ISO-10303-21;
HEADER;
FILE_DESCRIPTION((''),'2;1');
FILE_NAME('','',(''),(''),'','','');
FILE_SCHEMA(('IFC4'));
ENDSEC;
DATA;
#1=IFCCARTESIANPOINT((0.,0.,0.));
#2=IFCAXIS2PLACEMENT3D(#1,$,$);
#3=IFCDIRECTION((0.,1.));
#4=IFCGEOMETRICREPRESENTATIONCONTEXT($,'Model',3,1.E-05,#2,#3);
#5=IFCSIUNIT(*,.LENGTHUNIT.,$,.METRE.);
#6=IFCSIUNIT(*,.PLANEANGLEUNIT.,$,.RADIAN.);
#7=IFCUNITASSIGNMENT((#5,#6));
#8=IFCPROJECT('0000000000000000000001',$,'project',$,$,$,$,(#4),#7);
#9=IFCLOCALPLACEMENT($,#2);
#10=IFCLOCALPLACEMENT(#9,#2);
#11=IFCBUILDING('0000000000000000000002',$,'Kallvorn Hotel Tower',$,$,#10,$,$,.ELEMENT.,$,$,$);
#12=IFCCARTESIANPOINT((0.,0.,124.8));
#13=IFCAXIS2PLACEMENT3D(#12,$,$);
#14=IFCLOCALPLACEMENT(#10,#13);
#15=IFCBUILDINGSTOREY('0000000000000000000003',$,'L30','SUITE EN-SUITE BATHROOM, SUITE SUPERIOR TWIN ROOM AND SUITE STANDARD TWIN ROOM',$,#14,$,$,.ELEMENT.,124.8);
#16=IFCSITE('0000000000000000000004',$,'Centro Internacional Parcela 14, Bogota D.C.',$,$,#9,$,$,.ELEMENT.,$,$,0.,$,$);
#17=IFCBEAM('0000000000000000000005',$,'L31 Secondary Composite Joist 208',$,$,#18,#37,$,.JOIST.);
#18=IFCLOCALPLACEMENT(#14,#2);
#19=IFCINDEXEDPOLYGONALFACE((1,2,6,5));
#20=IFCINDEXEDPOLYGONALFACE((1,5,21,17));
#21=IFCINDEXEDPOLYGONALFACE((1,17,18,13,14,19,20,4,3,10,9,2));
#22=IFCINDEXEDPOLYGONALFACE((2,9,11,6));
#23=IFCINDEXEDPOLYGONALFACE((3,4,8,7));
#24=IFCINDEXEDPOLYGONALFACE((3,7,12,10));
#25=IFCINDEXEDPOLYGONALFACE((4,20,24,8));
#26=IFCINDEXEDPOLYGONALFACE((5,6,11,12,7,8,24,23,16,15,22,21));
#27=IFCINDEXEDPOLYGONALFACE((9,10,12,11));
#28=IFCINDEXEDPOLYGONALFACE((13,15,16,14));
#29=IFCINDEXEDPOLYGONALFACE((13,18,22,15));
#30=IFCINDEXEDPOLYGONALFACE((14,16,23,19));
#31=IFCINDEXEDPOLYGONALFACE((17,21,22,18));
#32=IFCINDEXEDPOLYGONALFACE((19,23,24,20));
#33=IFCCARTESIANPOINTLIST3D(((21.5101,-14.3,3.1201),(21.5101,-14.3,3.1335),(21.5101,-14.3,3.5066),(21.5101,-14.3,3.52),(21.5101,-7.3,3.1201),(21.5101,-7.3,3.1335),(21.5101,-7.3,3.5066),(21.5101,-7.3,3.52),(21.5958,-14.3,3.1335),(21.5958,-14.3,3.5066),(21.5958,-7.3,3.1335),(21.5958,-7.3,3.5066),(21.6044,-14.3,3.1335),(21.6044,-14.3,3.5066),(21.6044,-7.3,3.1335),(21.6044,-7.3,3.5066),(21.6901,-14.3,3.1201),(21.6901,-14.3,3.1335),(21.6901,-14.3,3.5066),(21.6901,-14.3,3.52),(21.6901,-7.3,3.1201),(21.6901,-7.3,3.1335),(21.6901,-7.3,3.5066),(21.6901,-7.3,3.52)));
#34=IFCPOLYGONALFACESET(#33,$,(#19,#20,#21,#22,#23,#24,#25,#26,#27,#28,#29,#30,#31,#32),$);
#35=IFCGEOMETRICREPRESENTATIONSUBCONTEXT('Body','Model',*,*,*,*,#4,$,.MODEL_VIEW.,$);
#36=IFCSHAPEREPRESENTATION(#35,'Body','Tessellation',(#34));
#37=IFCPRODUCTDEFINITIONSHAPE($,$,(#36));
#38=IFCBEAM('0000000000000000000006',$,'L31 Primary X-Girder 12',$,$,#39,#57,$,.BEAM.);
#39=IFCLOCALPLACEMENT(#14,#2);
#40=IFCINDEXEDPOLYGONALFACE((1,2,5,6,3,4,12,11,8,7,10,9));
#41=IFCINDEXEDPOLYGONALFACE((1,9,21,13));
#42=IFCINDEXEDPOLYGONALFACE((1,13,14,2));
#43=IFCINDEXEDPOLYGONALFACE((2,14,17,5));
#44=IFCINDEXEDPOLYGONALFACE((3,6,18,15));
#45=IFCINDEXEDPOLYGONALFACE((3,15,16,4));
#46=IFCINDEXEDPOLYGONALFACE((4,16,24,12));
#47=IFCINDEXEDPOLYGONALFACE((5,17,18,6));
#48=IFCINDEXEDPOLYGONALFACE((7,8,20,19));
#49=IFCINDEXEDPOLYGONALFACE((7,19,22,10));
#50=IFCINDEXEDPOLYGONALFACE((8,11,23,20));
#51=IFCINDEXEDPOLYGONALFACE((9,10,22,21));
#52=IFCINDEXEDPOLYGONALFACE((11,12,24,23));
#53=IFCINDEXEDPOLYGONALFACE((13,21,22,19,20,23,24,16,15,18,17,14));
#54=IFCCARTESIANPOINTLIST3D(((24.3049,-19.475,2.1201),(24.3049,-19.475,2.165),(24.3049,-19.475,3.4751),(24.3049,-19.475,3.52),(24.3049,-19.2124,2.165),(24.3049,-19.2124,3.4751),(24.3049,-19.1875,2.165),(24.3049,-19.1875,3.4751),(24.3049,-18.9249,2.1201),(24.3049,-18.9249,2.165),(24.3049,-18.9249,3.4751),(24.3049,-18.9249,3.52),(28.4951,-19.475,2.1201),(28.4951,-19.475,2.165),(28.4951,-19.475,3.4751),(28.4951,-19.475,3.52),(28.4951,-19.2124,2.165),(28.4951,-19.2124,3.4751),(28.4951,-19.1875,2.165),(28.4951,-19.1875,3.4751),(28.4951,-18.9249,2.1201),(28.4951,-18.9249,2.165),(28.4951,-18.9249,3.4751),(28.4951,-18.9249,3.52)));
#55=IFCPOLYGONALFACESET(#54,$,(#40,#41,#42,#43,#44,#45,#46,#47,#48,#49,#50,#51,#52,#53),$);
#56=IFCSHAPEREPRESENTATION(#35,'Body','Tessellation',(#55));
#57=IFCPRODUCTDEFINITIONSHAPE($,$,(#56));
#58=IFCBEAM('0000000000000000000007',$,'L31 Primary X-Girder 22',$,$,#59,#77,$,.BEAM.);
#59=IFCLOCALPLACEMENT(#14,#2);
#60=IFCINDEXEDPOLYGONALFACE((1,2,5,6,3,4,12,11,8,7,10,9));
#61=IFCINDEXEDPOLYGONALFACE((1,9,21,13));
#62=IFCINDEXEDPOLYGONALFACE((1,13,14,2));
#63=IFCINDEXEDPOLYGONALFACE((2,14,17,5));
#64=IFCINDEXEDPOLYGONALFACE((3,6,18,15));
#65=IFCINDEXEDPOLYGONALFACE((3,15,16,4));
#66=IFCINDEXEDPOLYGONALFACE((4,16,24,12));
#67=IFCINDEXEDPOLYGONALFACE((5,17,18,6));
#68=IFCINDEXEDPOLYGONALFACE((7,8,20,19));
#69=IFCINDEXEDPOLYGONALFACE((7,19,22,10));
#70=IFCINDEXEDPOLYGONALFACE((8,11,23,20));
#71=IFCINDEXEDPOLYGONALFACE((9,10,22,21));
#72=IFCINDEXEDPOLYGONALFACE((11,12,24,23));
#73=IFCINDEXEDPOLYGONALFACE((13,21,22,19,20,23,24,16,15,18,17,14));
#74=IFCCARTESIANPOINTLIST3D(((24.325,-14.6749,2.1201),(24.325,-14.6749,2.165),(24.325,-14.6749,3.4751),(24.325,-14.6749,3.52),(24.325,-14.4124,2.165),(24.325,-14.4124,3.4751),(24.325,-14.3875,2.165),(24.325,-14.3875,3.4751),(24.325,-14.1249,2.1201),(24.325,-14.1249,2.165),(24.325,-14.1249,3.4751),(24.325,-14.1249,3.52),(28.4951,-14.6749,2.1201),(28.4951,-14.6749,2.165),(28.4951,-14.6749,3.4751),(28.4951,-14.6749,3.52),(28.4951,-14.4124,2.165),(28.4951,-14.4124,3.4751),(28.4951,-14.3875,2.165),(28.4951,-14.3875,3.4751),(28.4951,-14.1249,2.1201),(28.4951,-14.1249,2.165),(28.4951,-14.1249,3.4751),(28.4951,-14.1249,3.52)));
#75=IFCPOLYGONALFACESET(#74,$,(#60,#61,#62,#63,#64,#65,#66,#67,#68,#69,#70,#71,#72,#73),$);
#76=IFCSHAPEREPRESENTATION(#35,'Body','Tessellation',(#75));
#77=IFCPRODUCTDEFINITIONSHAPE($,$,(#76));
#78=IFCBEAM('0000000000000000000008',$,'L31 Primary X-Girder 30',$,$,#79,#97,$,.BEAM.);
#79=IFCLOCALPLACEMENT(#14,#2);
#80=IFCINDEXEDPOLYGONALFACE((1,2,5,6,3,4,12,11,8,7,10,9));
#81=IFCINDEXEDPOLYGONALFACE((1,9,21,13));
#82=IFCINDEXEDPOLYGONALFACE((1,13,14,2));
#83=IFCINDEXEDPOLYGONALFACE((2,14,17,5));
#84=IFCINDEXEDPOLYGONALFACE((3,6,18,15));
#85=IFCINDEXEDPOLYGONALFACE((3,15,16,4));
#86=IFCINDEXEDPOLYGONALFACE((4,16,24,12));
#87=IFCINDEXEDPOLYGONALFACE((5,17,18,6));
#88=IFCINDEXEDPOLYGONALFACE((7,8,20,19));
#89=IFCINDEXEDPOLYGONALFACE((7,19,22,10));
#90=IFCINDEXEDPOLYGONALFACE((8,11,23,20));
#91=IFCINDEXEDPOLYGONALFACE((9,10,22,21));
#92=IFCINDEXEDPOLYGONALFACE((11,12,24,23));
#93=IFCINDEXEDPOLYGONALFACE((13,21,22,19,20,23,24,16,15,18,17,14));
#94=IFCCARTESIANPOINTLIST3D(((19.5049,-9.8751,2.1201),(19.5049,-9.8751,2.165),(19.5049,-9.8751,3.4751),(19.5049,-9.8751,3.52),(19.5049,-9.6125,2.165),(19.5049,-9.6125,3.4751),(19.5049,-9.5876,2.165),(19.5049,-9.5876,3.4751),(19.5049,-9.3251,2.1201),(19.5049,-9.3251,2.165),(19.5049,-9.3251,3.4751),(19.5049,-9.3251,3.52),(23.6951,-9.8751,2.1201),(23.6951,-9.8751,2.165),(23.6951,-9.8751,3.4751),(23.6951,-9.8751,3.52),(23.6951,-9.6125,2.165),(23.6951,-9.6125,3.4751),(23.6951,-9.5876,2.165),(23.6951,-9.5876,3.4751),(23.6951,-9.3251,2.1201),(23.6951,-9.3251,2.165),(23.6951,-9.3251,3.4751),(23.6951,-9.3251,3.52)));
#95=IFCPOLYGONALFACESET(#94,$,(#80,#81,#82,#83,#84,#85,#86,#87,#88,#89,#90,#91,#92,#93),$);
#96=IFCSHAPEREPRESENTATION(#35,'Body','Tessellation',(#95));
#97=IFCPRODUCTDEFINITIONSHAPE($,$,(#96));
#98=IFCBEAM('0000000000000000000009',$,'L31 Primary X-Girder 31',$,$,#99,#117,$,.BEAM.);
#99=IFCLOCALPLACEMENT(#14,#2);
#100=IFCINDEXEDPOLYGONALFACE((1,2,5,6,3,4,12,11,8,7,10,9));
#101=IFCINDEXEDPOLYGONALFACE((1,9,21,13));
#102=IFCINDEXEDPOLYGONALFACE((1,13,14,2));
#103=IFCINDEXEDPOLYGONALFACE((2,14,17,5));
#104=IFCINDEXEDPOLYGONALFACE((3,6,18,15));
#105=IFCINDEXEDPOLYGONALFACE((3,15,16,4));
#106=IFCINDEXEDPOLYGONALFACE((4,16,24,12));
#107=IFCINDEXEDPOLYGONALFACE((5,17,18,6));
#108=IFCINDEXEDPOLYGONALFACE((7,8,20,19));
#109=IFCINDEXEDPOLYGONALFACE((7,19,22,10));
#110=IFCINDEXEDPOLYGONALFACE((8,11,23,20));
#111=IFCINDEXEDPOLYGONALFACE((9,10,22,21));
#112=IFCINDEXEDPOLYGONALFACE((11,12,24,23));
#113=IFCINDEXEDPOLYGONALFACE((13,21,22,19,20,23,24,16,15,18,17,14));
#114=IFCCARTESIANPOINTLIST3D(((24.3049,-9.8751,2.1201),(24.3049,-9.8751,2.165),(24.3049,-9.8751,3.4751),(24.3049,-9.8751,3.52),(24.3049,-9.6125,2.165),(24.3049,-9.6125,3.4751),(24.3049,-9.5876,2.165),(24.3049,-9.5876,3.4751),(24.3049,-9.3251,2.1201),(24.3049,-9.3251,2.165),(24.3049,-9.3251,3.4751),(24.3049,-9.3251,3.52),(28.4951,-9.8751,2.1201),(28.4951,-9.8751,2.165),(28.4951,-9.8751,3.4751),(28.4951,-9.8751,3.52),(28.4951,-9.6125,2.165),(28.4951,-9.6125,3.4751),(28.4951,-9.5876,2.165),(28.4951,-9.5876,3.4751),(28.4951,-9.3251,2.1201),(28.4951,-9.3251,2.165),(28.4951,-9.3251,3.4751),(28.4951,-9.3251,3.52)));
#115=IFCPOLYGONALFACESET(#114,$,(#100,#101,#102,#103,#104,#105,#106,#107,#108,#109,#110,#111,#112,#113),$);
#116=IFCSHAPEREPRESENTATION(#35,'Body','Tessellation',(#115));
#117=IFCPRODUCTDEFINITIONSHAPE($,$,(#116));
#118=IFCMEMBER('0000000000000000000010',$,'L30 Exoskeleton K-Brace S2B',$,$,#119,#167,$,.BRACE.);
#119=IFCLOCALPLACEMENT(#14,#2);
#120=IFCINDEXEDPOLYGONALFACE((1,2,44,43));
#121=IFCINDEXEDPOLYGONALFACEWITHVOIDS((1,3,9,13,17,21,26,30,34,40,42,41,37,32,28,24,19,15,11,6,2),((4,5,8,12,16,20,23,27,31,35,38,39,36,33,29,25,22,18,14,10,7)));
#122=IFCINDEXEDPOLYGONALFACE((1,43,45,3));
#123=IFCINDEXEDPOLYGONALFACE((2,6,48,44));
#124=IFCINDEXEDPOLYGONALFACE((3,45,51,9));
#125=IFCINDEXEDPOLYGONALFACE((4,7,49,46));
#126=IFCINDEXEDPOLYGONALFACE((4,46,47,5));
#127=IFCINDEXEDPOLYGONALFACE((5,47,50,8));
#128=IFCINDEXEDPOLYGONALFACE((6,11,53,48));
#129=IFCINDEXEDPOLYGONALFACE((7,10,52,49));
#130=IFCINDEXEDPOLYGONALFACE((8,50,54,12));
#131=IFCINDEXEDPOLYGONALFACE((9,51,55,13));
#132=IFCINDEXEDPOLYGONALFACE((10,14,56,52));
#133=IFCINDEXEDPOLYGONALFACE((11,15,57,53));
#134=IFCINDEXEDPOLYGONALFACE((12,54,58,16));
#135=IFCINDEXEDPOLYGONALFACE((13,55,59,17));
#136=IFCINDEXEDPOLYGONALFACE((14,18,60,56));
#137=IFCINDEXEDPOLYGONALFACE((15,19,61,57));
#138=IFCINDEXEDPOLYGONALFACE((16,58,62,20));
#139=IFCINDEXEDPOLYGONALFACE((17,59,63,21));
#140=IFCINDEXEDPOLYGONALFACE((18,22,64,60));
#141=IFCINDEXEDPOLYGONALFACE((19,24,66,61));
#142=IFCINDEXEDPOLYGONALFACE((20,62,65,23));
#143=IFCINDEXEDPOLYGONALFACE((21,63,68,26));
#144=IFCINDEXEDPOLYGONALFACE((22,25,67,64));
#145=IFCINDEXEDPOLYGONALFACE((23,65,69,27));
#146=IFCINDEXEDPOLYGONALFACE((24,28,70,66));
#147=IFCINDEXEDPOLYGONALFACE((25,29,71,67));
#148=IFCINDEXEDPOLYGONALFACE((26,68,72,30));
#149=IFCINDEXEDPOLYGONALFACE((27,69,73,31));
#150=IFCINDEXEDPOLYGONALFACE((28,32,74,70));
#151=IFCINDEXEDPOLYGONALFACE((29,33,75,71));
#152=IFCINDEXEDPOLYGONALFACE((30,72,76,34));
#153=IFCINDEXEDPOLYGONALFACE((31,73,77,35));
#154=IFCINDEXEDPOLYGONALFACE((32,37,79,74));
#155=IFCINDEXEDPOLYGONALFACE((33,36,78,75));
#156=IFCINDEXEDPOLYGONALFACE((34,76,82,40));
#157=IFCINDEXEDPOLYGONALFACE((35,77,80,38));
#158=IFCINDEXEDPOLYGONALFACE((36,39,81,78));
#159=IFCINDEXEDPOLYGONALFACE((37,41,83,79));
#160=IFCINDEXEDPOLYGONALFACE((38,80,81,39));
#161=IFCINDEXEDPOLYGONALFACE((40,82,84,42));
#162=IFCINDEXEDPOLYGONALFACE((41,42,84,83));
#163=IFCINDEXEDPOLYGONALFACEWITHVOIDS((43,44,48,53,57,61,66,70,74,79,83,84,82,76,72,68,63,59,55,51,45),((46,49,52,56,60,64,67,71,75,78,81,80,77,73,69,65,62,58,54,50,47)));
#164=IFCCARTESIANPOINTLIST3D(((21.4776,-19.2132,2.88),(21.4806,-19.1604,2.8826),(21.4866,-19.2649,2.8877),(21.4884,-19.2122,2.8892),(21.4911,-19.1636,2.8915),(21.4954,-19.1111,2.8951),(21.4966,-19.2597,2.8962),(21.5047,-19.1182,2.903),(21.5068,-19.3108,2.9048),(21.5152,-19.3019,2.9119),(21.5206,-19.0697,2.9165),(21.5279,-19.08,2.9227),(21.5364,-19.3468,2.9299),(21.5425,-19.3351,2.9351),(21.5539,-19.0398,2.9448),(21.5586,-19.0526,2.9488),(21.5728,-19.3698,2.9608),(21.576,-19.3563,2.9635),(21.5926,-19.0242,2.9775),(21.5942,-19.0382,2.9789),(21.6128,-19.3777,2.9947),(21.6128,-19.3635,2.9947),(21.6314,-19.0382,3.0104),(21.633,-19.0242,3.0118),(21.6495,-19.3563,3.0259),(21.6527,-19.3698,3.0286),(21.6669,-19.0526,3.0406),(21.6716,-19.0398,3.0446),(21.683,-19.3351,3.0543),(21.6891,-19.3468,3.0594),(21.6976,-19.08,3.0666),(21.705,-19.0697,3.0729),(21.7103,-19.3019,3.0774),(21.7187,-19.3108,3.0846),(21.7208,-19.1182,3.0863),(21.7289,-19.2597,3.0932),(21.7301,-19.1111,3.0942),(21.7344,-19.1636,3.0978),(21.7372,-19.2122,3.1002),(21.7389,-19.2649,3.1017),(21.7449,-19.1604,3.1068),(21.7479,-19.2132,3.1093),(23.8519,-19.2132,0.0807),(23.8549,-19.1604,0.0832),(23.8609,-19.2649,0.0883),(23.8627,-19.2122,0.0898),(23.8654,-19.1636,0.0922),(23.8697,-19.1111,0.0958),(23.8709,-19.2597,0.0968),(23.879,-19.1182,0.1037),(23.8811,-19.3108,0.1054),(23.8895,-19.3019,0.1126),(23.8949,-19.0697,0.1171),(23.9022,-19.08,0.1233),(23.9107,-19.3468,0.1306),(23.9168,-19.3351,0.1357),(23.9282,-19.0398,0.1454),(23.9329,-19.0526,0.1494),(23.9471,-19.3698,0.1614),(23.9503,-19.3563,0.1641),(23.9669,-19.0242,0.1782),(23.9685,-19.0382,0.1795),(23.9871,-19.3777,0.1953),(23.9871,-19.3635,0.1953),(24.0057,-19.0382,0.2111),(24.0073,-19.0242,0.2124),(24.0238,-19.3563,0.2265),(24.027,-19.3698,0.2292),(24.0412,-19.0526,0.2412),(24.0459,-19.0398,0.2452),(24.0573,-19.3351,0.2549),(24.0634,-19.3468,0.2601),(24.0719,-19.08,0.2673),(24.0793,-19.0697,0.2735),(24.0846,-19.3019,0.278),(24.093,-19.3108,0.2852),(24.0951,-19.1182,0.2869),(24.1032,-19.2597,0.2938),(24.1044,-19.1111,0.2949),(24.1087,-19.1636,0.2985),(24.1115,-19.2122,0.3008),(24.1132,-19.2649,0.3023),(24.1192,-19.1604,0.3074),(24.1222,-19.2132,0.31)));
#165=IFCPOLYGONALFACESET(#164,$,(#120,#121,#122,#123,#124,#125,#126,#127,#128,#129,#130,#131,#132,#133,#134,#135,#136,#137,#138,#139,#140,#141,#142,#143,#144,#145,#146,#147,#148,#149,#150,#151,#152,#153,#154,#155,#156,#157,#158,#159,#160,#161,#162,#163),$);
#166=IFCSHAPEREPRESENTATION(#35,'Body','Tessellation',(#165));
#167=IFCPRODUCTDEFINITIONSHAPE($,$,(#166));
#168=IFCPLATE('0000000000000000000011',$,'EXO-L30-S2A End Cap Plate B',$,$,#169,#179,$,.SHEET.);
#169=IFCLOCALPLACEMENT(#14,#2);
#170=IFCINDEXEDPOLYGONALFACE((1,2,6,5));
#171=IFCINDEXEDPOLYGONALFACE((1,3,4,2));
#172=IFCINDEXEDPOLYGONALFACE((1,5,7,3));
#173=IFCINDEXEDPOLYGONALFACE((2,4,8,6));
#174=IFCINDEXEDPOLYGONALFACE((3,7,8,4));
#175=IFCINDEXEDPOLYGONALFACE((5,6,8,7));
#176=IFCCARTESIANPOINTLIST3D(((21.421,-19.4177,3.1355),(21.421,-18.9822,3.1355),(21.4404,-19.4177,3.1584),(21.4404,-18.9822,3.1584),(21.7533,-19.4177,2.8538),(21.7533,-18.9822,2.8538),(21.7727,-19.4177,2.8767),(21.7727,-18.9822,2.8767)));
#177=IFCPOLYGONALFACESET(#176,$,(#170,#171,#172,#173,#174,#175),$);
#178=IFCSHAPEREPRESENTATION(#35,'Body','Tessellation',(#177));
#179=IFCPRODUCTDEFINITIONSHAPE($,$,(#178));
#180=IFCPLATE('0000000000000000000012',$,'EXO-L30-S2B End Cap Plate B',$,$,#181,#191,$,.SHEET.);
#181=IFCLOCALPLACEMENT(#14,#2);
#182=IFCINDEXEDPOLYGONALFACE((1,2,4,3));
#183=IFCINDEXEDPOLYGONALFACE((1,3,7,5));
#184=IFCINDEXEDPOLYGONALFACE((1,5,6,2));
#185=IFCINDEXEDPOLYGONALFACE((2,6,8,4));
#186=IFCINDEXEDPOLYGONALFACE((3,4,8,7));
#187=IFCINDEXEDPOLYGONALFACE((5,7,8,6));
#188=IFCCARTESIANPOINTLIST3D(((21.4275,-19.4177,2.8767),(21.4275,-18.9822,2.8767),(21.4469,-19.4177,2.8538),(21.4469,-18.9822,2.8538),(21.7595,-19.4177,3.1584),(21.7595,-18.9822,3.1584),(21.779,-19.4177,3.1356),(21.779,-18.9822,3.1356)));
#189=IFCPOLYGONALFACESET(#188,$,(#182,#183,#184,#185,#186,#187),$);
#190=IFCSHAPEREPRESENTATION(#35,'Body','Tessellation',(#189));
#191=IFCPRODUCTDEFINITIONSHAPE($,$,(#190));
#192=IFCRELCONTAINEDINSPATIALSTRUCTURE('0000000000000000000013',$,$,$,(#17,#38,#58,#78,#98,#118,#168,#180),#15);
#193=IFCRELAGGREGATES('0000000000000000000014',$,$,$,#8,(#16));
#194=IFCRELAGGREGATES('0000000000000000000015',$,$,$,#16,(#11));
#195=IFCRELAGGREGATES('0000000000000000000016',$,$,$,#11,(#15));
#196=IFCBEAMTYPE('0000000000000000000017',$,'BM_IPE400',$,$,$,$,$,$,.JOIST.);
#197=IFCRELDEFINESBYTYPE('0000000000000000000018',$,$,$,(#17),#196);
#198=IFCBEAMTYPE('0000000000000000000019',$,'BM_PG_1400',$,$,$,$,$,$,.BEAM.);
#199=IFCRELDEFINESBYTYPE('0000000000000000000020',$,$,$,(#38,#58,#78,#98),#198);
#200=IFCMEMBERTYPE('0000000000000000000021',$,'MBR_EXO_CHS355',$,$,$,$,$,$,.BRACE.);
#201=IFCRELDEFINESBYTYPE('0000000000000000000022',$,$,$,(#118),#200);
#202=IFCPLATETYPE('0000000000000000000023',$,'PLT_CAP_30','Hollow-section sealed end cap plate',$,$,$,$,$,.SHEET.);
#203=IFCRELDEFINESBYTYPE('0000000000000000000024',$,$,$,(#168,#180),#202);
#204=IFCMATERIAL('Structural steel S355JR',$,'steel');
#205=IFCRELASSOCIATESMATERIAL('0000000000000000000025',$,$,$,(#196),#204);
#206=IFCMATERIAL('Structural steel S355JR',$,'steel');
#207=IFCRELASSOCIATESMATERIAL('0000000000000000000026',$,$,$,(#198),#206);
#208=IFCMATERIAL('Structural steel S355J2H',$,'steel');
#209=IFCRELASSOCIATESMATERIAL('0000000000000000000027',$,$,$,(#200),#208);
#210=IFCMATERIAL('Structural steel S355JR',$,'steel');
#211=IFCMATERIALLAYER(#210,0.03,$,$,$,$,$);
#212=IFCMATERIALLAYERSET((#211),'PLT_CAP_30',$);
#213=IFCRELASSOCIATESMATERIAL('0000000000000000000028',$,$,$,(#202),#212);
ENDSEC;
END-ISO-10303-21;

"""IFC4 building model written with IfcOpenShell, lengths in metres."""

from ifc_helpers import new_model, si_unit, direction, frame, origin, origin_2d, place, context, subcontext, project, spatial, polyline, hollow_circle, i_section, outline, extrude, material, layer, layer_set, material_profile, profile_set, type_object, element, save


model = new_model("IFC4")

# Units and contexts
model_context = context("Model", 3, precision=1e-05, world=origin(), true_north=direction((0.0, 1.0)))
body_context = subcontext(model_context, "Body", "Model", "MODEL_VIEW")
ifc_project = project(units=[si_unit("LENGTHUNIT", "METRE"), si_unit("PLANEANGLEUNIT", "RADIAN")], contexts=[model_context])

# Site, building, storey
site_placement = place(None, origin())
site = spatial("IfcSite", under=ifc_project, at=site_placement, Name="Centro Internacional Parcela 14, Bogota D.C.", CompositionType="ELEMENT", RefElevation=0.0)
building_placement = place(site_placement, origin())
building = spatial("IfcBuilding", under=site, at=building_placement, Name="Kallvorn Hotel Tower", CompositionType="ELEMENT")
storey_placement = place(building_placement, frame((0.0, 0.0, 124.8)))
storey = spatial("IfcBuildingStorey", under=building, at=storey_placement, Name="L30", Description="SUITE EN-SUITE BATHROOM, SUITE SUPERIOR TWIN ROOM AND SUITE STANDARD TWIN ROOM", CompositionType="ELEMENT", Elevation=124.8)

# Beams
ifc_material_1 = material(Name="Structural steel S355JR", Category="steel")
ifc_material_profile_1 = material_profile(ifc_material_1, i_section(OverallWidth=0.1799, OverallDepth=0.3999, WebThickness=0.0085, FlangeThickness=0.0134, at=origin_2d()), Name="IPE 400")
ifc_profile_set_1 = profile_set([ifc_material_profile_1], Name="Structural steel S355JR")
beam_type_1 = type_object("IfcBeamType", Name="BM_IPE400", PredefinedType="JOIST", material=ifc_profile_set_1)
beam_1_placement = place(storey_placement, frame((21.6001, -14.3, 3.3201), z_axis=(0.0, 1.0, 0.0), x_axis=(-1.0, 0.0, 0.0)))
element("IfcBeam", 1, at=beam_1_placement, inside=storey, type_object=beam_type_1, Name="L31 Secondary Composite Joist 208", PredefinedType="JOIST", context=body_context, shape_type="SweptSolid", body=[
    extrude(i_section(OverallWidth=0.1799, OverallDepth=0.3999, WebThickness=0.0085, FlangeThickness=0.0134, at=origin_2d()), origin(), (0.0, 0.0, 1.0), 7.0),
])
ifc_material_2 = material(Name="Structural steel S355JR", Category="steel")
ifc_material_profile_2 = material_profile(ifc_material_2, i_section(OverallWidth=0.55, OverallDepth=1.3999, WebThickness=0.0249, FlangeThickness=0.0449, at=origin_2d()), Name="PG 1400x550x25x45")
ifc_profile_set_2 = profile_set([ifc_material_profile_2], Name="Structural steel S355JR")
beam_type_2 = type_object("IfcBeamType", Name="BM_PG_1400", PredefinedType="BEAM", material=ifc_profile_set_2)
beam_2_placement = place(storey_placement, frame((24.3049, -19.2, 2.8201), z_axis=(1.0, 0.0, 0.0), x_axis=(0.0, 1.0, 0.0)))
element("IfcBeam", 2, at=beam_2_placement, inside=storey, type_object=beam_type_2, Name="L31 Primary X-Girder 12", PredefinedType="BEAM", context=body_context, shape_type="SweptSolid", body=[
    extrude(i_section(OverallWidth=0.55, OverallDepth=1.3999, WebThickness=0.0249, FlangeThickness=0.0449, at=origin_2d()), origin(), (0.0, 0.0, 1.0), 4.1902),
])
beam_3_placement = place(storey_placement, frame((24.325, -14.3999, 2.8201), z_axis=(1.0, 0.0, 0.0), x_axis=(0.0, 1.0, 0.0)))
element("IfcBeam", 3, at=beam_3_placement, inside=storey, type_object=beam_type_2, Name="L31 Primary X-Girder 22", PredefinedType="BEAM", context=body_context, shape_type="SweptSolid", body=[
    extrude(i_section(OverallWidth=0.55, OverallDepth=1.3999, WebThickness=0.0249, FlangeThickness=0.0449, at=origin_2d()), origin(), (0.0, 0.0, 1.0), 4.1702),
])
for number, where, z_axis, x_axis, name in (
    (4, (19.5049, -9.6001, 2.8201), (1.0, 0.0, 0.0), (0.0, 1.0, 0.0), "L31 Primary X-Girder 30"),
    (5, (24.3049, -9.6001, 2.8201), (1.0, 0.0, 0.0), (0.0, 1.0, 0.0), "L31 Primary X-Girder 31"),
):
    element("IfcBeam", number, at=place(storey_placement, frame(where, z_axis=z_axis, x_axis=x_axis)), inside=storey, type_object=beam_type_2, Name=name, PredefinedType="BEAM", context=body_context, shape_type="SweptSolid", body=[
        extrude(i_section(OverallWidth=0.55, OverallDepth=1.3999, WebThickness=0.0249, FlangeThickness=0.0449, at=origin_2d()), origin(), (0.0, 0.0, 1.0), 4.1902),
    ])

# Member
ifc_material_3 = material(Name="Structural steel S355J2H", Category="steel")
ifc_material_profile_3 = material_profile(ifc_material_3, hollow_circle(Radius=0.1777, WallThickness=0.0142, at=origin_2d()), Name="CHS 355.6x14.2")
ifc_profile_set_3 = profile_set([ifc_material_profile_3], Name="Structural steel S355J2H")
member_type = type_object("IfcMemberType", Name="MBR_EXO_CHS355", PredefinedType="BRACE", material=ifc_profile_set_3)
member_placement = place(storey_placement, frame((23.9871, -19.2, 0.1953), z_axis=(-0.646833, 0.0, 0.762631), x_axis=(0.0, -1.0, 0.0)))
element("IfcMember", 6, at=member_placement, inside=storey, type_object=member_type, Name="L30 Exoskeleton K-Brace S2B", PredefinedType="BRACE", context=body_context, shape_type="SweptSolid", body=[
    extrude(hollow_circle(Radius=0.1777, WallThickness=0.0142, at=origin_2d()), origin(), (0.0, 0.0, 1.0), 3.6707),
])

# Plates
ifc_material_4 = material(Name="Structural steel S355JR", Category="steel")
ifc_layer_1 = layer(ifc_material_4, 0.03)
ifc_layer_set_1 = layer_set([ifc_layer_1], Name="PLT_CAP_30")
plate_type_1 = type_object("IfcPlateType", Name="PLT_CAP_30", Description="Hollow-section sealed end cap plate", PredefinedType="SHEET", material=ifc_layer_set_1)
plate_1_placement = place(storey_placement, frame((21.7727, -19.4177, 2.8767), z_axis=(0.646721, 0.0, 0.762727), x_axis=(0.0, 1.0, 0.0)))
element("IfcPlate", 7, at=plate_1_placement, inside=storey, type_object=plate_type_1, Name="EXO-L30-S2A End Cap Plate B", PredefinedType="SHEET", context=body_context, shape_type="SweptSolid", body=[
    extrude(outline(polyline([(0.0, 0.0), (0.4355, 0.0), (0.4355, 0.4356), (0.0, 0.4356), (0.0, 0.0)])), origin(), (0.0, 0.0, -1.0), 0.03),
])
plate_2_placement = place(storey_placement, frame((21.4275, -18.9822, 2.8767), z_axis=(-0.646997, 0.0, 0.762492), x_axis=(0.0, -1.0, 0.0)))
element("IfcPlate", 8, at=plate_2_placement, inside=storey, type_object=plate_type_1, Name="EXO-L30-S2B End Cap Plate B", PredefinedType="SHEET", context=body_context, shape_type="SweptSolid", body=[
    extrude(outline(polyline([(0.0, 0.0), (0.4355, 0.0), (0.4355, 0.4355), (0.0, 0.4355), (0.0, 0.0)])), origin(), (0.0, 0.0, -1.0), 0.03),
])

save(model, "model.ifc")
